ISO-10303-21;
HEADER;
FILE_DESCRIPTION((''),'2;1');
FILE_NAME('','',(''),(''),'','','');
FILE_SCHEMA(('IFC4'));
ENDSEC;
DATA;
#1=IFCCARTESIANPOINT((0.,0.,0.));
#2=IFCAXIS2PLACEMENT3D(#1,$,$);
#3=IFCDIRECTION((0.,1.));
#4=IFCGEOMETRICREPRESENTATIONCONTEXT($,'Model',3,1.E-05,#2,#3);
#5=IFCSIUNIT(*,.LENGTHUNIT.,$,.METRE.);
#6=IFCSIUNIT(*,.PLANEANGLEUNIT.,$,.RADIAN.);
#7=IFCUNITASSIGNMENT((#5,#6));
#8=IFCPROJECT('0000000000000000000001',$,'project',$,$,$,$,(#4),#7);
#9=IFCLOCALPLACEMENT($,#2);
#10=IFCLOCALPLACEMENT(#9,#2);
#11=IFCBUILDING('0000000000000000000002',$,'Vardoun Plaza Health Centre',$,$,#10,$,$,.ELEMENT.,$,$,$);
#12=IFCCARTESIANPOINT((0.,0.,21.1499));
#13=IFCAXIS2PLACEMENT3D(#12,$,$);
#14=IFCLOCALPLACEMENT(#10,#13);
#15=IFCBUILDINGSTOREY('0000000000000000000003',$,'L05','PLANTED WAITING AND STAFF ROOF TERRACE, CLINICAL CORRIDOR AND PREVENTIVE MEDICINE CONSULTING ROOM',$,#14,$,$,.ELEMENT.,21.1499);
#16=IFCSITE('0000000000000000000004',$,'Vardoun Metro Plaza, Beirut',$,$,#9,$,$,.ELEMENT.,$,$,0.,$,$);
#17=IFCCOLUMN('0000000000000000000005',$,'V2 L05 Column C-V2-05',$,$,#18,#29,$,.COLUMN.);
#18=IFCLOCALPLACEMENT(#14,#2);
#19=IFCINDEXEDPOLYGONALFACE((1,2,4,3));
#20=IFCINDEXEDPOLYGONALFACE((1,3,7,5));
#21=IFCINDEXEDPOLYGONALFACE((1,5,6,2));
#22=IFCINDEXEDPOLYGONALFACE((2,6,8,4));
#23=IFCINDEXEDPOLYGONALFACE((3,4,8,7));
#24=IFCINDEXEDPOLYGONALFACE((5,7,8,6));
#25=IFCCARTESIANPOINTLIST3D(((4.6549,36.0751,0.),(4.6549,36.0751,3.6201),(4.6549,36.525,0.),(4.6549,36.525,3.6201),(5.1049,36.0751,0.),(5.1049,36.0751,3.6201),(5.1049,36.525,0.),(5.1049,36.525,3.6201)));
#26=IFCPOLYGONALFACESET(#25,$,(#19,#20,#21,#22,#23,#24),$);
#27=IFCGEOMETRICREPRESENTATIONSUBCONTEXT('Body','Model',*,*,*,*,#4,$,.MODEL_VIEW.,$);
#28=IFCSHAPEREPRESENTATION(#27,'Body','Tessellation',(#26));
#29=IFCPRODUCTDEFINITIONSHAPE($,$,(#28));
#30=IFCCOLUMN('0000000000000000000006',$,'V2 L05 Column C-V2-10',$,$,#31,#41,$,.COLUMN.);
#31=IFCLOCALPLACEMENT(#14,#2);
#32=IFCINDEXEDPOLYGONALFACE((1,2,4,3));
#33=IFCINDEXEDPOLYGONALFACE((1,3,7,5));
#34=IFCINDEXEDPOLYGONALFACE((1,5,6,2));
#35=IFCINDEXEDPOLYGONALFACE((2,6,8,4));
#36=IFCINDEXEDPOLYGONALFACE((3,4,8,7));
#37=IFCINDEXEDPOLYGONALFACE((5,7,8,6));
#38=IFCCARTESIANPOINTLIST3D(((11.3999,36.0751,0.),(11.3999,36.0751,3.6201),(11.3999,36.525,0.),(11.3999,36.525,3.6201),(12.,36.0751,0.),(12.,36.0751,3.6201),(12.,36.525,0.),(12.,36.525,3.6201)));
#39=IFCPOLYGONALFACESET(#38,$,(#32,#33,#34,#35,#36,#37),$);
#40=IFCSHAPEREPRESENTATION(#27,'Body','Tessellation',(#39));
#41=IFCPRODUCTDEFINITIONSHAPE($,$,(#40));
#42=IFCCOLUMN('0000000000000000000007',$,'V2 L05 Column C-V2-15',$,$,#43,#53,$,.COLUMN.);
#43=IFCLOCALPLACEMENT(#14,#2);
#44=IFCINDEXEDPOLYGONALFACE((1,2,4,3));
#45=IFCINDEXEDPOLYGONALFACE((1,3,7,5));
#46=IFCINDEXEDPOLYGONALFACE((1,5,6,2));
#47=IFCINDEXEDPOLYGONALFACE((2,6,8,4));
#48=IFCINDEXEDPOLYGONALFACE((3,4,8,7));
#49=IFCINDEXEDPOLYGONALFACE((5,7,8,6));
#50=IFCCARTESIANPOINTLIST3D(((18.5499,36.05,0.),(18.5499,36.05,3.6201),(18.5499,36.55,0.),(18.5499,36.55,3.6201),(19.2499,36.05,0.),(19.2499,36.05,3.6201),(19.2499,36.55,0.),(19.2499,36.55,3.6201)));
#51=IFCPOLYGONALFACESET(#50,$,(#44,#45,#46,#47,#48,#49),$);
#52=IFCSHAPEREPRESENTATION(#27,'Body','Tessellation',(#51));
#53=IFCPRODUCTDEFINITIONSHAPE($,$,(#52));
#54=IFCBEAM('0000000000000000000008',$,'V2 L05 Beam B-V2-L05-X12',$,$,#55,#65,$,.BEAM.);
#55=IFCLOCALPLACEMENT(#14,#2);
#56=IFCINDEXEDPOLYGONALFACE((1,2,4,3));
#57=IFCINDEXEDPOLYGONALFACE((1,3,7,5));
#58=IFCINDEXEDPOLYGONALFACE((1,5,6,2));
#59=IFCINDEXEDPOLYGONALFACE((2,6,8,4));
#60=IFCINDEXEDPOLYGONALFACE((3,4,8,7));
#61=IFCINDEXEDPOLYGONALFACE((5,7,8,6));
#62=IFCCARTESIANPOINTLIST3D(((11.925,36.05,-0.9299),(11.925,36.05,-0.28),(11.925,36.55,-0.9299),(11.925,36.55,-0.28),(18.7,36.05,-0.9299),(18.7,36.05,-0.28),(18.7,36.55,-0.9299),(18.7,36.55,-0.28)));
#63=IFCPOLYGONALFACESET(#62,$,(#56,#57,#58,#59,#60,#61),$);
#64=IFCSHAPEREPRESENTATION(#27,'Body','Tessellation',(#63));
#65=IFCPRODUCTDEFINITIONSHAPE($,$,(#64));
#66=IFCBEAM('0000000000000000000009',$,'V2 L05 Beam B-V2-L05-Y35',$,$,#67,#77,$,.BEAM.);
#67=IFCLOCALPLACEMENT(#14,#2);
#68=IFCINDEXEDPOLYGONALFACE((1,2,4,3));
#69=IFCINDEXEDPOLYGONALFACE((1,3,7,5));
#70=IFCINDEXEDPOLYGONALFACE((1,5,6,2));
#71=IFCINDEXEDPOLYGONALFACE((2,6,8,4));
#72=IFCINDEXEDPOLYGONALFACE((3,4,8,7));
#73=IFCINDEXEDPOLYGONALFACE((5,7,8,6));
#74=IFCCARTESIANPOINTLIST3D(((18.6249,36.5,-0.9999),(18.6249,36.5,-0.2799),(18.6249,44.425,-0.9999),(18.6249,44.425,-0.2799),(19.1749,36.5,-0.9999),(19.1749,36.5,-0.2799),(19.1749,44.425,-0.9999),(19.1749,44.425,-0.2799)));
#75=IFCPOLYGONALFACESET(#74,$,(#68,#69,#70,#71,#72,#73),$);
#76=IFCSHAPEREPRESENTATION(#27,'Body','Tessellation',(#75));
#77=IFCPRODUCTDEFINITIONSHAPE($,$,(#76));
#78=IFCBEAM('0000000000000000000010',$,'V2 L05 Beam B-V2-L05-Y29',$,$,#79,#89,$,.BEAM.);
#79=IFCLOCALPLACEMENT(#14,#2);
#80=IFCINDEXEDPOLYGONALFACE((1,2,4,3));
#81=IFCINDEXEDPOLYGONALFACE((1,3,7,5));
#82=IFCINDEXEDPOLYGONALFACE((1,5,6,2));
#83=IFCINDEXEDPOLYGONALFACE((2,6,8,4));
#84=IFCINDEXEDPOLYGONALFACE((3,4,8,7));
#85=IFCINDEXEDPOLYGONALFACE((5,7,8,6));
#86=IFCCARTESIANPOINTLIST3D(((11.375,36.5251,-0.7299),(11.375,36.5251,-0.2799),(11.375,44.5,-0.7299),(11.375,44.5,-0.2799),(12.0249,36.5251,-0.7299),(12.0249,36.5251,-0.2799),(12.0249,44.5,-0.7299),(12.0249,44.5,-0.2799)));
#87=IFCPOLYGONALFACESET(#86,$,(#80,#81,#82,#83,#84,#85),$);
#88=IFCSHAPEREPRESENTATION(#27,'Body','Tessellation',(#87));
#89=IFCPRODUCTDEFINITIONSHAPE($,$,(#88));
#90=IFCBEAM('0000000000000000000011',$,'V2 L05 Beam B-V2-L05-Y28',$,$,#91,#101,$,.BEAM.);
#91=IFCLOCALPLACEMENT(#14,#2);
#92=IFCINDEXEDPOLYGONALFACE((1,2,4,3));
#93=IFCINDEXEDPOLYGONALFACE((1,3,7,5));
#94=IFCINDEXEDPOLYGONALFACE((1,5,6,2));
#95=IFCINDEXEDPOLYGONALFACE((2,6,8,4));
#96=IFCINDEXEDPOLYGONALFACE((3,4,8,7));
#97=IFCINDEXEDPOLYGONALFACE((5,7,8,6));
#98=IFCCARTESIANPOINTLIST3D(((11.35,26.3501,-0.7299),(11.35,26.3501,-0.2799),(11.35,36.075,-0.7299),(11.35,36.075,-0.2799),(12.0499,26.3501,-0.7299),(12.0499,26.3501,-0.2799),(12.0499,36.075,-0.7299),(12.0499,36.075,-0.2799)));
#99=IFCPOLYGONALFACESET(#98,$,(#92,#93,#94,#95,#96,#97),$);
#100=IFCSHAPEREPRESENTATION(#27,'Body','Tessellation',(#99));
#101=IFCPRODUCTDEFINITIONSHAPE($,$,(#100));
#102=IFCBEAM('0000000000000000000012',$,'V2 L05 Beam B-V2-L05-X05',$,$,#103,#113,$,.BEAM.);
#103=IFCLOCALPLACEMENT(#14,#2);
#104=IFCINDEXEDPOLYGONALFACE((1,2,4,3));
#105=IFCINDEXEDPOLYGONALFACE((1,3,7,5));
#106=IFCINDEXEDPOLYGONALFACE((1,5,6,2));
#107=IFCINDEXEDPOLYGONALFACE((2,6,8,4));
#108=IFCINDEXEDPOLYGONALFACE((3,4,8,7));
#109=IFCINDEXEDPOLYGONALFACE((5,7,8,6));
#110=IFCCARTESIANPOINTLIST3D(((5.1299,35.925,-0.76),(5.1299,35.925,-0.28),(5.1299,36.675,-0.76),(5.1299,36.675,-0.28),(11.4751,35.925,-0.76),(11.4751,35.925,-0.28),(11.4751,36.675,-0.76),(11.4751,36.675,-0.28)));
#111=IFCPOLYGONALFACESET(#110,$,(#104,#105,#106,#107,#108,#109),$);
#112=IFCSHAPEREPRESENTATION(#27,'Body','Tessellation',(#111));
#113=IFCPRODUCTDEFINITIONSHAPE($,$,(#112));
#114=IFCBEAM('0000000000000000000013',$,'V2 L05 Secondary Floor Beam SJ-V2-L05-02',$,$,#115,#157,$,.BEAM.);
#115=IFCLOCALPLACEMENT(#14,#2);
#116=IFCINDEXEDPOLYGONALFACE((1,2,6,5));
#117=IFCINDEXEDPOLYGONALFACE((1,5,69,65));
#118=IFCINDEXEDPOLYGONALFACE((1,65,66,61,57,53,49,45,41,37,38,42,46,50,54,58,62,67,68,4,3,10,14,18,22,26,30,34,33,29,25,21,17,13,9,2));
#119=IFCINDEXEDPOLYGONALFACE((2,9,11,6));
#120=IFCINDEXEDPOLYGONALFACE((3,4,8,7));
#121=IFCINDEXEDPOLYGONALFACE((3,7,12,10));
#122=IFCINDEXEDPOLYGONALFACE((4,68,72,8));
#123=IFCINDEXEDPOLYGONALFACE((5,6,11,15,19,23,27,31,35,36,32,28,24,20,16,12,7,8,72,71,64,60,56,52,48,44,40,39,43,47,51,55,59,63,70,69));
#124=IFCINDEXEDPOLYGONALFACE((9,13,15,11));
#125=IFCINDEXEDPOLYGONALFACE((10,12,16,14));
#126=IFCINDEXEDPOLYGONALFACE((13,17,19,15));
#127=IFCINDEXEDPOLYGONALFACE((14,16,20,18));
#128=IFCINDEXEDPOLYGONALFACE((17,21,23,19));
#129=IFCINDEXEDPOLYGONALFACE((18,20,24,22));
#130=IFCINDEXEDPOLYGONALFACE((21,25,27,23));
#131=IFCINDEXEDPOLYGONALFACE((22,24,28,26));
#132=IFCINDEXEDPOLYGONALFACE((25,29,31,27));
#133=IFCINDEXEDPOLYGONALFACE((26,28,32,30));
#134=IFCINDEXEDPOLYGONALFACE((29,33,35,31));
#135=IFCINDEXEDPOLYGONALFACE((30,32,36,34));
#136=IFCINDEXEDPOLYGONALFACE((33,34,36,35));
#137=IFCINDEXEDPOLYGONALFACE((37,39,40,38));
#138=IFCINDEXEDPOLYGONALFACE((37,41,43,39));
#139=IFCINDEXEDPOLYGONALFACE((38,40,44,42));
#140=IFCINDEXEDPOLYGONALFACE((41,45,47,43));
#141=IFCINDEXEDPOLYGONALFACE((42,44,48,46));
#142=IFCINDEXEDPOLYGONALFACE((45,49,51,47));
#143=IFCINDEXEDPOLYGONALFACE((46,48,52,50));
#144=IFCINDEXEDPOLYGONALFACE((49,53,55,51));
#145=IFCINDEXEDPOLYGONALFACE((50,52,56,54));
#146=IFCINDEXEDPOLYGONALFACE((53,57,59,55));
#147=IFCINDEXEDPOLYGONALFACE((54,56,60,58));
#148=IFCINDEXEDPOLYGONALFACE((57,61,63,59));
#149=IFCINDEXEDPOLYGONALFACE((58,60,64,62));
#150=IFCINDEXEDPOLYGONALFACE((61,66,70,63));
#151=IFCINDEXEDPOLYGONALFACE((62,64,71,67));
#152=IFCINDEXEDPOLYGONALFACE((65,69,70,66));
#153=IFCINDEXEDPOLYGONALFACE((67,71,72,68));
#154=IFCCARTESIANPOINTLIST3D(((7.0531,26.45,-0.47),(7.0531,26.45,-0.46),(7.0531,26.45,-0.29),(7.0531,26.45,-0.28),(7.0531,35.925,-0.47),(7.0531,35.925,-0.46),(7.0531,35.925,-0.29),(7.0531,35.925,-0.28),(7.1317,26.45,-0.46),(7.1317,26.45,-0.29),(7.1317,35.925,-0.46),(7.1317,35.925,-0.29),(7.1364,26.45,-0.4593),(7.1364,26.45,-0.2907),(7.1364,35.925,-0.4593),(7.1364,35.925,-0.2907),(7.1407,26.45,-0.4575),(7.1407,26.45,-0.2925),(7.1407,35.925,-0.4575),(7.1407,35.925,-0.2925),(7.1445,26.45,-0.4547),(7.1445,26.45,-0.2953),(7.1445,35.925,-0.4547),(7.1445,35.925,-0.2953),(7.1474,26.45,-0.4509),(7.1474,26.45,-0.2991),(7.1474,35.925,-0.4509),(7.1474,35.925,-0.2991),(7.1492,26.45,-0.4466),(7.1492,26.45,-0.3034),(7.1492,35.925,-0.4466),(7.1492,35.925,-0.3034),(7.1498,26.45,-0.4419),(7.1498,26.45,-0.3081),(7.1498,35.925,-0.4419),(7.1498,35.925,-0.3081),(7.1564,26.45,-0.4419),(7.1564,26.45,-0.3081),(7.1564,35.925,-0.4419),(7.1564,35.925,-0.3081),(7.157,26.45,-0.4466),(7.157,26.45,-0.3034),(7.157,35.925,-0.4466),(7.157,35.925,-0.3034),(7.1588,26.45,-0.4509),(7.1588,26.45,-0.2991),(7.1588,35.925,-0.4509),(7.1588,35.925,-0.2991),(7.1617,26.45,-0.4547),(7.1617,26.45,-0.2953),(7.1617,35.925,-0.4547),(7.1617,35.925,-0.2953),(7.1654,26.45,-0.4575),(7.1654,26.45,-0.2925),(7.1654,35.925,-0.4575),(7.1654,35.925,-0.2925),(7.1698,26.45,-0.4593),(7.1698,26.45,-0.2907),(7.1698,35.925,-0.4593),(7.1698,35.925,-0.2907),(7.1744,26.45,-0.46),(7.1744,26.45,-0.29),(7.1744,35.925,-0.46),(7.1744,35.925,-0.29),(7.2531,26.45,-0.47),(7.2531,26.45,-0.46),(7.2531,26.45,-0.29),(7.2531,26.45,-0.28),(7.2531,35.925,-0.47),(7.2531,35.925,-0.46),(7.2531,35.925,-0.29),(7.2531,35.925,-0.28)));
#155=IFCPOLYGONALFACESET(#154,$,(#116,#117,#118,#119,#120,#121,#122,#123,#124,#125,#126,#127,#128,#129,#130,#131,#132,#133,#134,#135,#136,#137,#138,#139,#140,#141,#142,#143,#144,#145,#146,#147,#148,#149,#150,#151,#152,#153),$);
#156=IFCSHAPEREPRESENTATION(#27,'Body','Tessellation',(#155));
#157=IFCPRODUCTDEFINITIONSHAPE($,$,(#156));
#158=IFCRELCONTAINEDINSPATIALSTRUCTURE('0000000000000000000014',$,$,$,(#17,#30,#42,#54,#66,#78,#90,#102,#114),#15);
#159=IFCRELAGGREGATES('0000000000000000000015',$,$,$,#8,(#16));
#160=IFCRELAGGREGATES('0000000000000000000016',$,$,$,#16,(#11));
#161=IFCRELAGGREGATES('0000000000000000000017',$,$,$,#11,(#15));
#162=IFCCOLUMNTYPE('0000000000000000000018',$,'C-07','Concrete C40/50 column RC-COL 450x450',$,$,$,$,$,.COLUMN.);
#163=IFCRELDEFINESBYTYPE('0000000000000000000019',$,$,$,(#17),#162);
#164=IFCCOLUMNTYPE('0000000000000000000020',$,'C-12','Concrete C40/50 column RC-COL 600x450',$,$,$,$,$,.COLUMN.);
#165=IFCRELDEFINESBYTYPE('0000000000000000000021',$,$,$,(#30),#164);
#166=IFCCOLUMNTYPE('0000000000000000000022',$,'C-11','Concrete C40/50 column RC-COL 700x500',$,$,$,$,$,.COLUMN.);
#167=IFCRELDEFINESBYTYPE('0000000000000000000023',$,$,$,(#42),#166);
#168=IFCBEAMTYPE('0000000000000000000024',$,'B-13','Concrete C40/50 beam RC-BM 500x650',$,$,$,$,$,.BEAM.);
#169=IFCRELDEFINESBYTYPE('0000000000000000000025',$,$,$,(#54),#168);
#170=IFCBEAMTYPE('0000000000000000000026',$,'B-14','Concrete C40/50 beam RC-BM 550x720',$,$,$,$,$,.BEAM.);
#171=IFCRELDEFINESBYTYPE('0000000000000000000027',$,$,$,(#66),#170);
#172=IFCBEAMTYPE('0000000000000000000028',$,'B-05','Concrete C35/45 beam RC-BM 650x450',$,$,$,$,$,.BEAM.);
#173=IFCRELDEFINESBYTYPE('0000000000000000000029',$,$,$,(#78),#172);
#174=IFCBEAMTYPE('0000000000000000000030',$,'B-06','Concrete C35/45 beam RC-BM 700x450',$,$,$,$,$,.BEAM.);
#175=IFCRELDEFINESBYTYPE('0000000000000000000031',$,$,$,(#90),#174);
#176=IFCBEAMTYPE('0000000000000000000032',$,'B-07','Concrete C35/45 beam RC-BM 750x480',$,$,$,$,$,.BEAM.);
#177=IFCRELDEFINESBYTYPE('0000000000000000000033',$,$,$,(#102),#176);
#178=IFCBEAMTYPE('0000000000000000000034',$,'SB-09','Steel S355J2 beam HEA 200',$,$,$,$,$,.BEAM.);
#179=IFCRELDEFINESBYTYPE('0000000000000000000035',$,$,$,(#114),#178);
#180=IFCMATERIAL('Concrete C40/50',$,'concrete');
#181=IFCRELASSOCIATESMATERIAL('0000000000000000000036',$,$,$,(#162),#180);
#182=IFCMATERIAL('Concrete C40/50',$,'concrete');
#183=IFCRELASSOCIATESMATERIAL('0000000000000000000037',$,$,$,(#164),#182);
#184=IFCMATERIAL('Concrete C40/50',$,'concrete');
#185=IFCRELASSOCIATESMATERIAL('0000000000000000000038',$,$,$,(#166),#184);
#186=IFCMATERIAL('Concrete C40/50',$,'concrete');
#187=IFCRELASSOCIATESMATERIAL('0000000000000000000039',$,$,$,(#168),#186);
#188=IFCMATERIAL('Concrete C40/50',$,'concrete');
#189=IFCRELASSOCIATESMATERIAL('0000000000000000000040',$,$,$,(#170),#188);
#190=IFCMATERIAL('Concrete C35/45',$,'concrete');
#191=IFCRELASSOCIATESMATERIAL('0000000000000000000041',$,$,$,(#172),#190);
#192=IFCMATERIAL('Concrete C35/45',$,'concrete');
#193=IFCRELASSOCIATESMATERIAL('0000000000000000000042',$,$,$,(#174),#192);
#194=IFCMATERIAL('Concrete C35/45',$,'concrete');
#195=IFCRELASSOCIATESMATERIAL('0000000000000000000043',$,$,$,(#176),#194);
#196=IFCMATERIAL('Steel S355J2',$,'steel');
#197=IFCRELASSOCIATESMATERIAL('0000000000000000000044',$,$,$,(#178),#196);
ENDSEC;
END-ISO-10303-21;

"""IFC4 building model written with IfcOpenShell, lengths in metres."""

from ifc_helpers import new_model, si_unit, direction, frame, origin, origin_2d, place, context, subcontext, project, spatial, rectangle, i_section, extrude, material, material_profile, profile_set, type_object, element, save


model = new_model("IFC4")

# Units and contexts
model_context = context("Model", 3, precision=1e-05, world=origin(), true_north=direction((0.0, 1.0)))
body_context = subcontext(model_context, "Body", "Model", "MODEL_VIEW")
ifc_project = project(units=[si_unit("LENGTHUNIT", "METRE"), si_unit("PLANEANGLEUNIT", "RADIAN")], contexts=[model_context])

# Site, building, storey
site_placement = place(None, origin())
site = spatial("IfcSite", under=ifc_project, at=site_placement, Name="Vardoun Metro Plaza, Beirut", CompositionType="ELEMENT", RefElevation=0.0)
building_placement = place(site_placement, origin())
building = spatial("IfcBuilding", under=site, at=building_placement, Name="Vardoun Plaza Health Centre", CompositionType="ELEMENT")
storey_placement = place(building_placement, frame((0.0, 0.0, 21.1499)))
storey = spatial("IfcBuildingStorey", under=building, at=storey_placement, Name="L05", Description="PLANTED WAITING AND STAFF ROOF TERRACE, CLINICAL CORRIDOR AND PREVENTIVE MEDICINE CONSULTING ROOM", CompositionType="ELEMENT", Elevation=21.1499)

# Columns
ifc_material_1 = material(Name="Concrete C40/50", Category="concrete")
ifc_material_profile_1 = material_profile(ifc_material_1, rectangle(XDim=0.45, YDim=0.45, at=origin_2d()), Name="RC-COL 450x450")
ifc_profile_set_1 = profile_set([ifc_material_profile_1], Name="Concrete C40/50")
column_type_1 = type_object("IfcColumnType", Name="C-07", Description="Concrete C40/50 column RC-COL 450x450", PredefinedType="COLUMN", material=ifc_profile_set_1)
column_1_placement = place(storey_placement, frame((4.8799, 36.3, 0.0), z_axis=(0.0, 0.0, 1.0), x_axis=(1.0, 0.0, 0.0)))
element("IfcColumn", 1, at=column_1_placement, inside=storey, type_object=column_type_1, Name="V2 L05 Column C-V2-05", PredefinedType="COLUMN", context=body_context, shape_type="SweptSolid", body=[
    extrude(rectangle(XDim=0.45, YDim=0.45, at=origin_2d()), origin(), (0.0, 0.0, 1.0), 3.6201),
])
ifc_material_2 = material(Name="Concrete C40/50", Category="concrete")
ifc_material_profile_2 = material_profile(ifc_material_2, rectangle(XDim=0.6001, YDim=0.45, at=origin_2d()), Name="RC-COL 600x450")
ifc_profile_set_2 = profile_set([ifc_material_profile_2], Name="Concrete C40/50")
column_type_2 = type_object("IfcColumnType", Name="C-12", Description="Concrete C40/50 column RC-COL 600x450", PredefinedType="COLUMN", material=ifc_profile_set_2)
column_2_placement = place(storey_placement, frame((11.7, 36.3, 0.0), z_axis=(0.0, 0.0, 1.0), x_axis=(1.0, 0.0, 0.0)))
element("IfcColumn", 2, at=column_2_placement, inside=storey, type_object=column_type_2, Name="V2 L05 Column C-V2-10", PredefinedType="COLUMN", context=body_context, shape_type="SweptSolid", body=[
    extrude(rectangle(XDim=0.6001, YDim=0.45, at=origin_2d()), origin(), (0.0, 0.0, 1.0), 3.6201),
])
ifc_material_3 = material(Name="Concrete C40/50", Category="concrete")
ifc_material_profile_3 = material_profile(ifc_material_3, rectangle(XDim=0.7, YDim=0.5, at=origin_2d()), Name="RC-COL 700x500")
ifc_profile_set_3 = profile_set([ifc_material_profile_3], Name="Concrete C40/50")
column_type_3 = type_object("IfcColumnType", Name="C-11", Description="Concrete C40/50 column RC-COL 700x500", PredefinedType="COLUMN", material=ifc_profile_set_3)
column_3_placement = place(storey_placement, frame((18.8999, 36.3, 0.0), z_axis=(0.0, 0.0, 1.0), x_axis=(1.0, 0.0, 0.0)))
element("IfcColumn", 3, at=column_3_placement, inside=storey, type_object=column_type_3, Name="V2 L05 Column C-V2-15", PredefinedType="COLUMN", context=body_context, shape_type="SweptSolid", body=[
    extrude(rectangle(XDim=0.7, YDim=0.5, at=origin_2d()), origin(), (0.0, 0.0, 1.0), 3.6201),
])

# Beams
ifc_material_4 = material(Name="Concrete C40/50", Category="concrete")
ifc_material_profile_4 = material_profile(ifc_material_4, rectangle(XDim=0.5, YDim=0.6499, at=origin_2d()), Name="RC-BM 500x650")
ifc_profile_set_4 = profile_set([ifc_material_profile_4], Name="Concrete C40/50")
beam_type_1 = type_object("IfcBeamType", Name="B-13", Description="Concrete C40/50 beam RC-BM 500x650", PredefinedType="BEAM", material=ifc_profile_set_4)
beam_1_placement = place(storey_placement, frame((11.925, 36.3, -0.605), z_axis=(1.0, 0.0, 0.0), x_axis=(0.0, 1.0, 0.0)))
element("IfcBeam", 4, at=beam_1_placement, inside=storey, type_object=beam_type_1, Name="V2 L05 Beam B-V2-L05-X12", PredefinedType="BEAM", context=body_context, shape_type="SweptSolid", body=[
    extrude(rectangle(XDim=0.5, YDim=0.6499, at=origin_2d()), origin(), (0.0, 0.0, 1.0), 6.7749),
])
ifc_material_5 = material(Name="Concrete C40/50", Category="concrete")
ifc_material_profile_5 = material_profile(ifc_material_5, rectangle(XDim=0.55, YDim=0.72, at=origin_2d()), Name="RC-BM 550x720")
ifc_profile_set_5 = profile_set([ifc_material_profile_5], Name="Concrete C40/50")
beam_type_2 = type_object("IfcBeamType", Name="B-14", Description="Concrete C40/50 beam RC-BM 550x720", PredefinedType="BEAM", material=ifc_profile_set_5)
beam_2_placement = place(storey_placement, frame((18.8999, 36.5, -0.6399), z_axis=(0.0, 1.0, 0.0), x_axis=(-1.0, 0.0, 0.0)))
element("IfcBeam", 5, at=beam_2_placement, inside=storey, type_object=beam_type_2, Name="V2 L05 Beam B-V2-L05-Y35", PredefinedType="BEAM", context=body_context, shape_type="SweptSolid", body=[
    extrude(rectangle(XDim=0.55, YDim=0.72, at=origin_2d()), origin(), (0.0, 0.0, 1.0), 7.925),
])
ifc_material_6 = material(Name="Concrete C35/45", Category="concrete")
ifc_material_profile_6 = material_profile(ifc_material_6, rectangle(XDim=0.6499, YDim=0.45, at=origin_2d()), Name="RC-BM 650x450")
ifc_profile_set_6 = profile_set([ifc_material_profile_6], Name="Concrete C35/45")
beam_type_3 = type_object("IfcBeamType", Name="B-05", Description="Concrete C35/45 beam RC-BM 650x450", PredefinedType="BEAM", material=ifc_profile_set_6)
beam_3_placement = place(storey_placement, frame((11.7, 36.5251, -0.5049), z_axis=(0.0, 1.0, 0.0), x_axis=(-1.0, 0.0, 0.0)))
element("IfcBeam", 6, at=beam_3_placement, inside=storey, type_object=beam_type_3, Name="V2 L05 Beam B-V2-L05-Y29", PredefinedType="BEAM", context=body_context, shape_type="SweptSolid", body=[
    extrude(rectangle(XDim=0.6499, YDim=0.45, at=origin_2d()), origin(), (0.0, 0.0, 1.0), 7.9749),
])
ifc_material_7 = material(Name="Concrete C35/45", Category="concrete")
ifc_material_profile_7 = material_profile(ifc_material_7, rectangle(XDim=0.7, YDim=0.45, at=origin_2d()), Name="RC-BM 700x450")
ifc_profile_set_7 = profile_set([ifc_material_profile_7], Name="Concrete C35/45")
beam_type_4 = type_object("IfcBeamType", Name="B-06", Description="Concrete C35/45 beam RC-BM 700x450", PredefinedType="BEAM", material=ifc_profile_set_7)
beam_4_placement = place(storey_placement, frame((11.7, 26.3501, -0.5049), z_axis=(0.0, 1.0, 0.0), x_axis=(-1.0, 0.0, 0.0)))
element("IfcBeam", 7, at=beam_4_placement, inside=storey, type_object=beam_type_4, Name="V2 L05 Beam B-V2-L05-Y28", PredefinedType="BEAM", context=body_context, shape_type="SweptSolid", body=[
    extrude(rectangle(XDim=0.7, YDim=0.45, at=origin_2d()), origin(), (0.0, 0.0, 1.0), 9.7249),
])
ifc_material_8 = material(Name="Concrete C35/45", Category="concrete")
ifc_material_profile_8 = material_profile(ifc_material_8, rectangle(XDim=0.75, YDim=0.48, at=origin_2d()), Name="RC-BM 750x480")
ifc_profile_set_8 = profile_set([ifc_material_profile_8], Name="Concrete C35/45")
beam_type_5 = type_object("IfcBeamType", Name="B-07", Description="Concrete C35/45 beam RC-BM 750x480", PredefinedType="BEAM", material=ifc_profile_set_8)
beam_5_placement = place(storey_placement, frame((5.1299, 36.3, -0.52), z_axis=(1.0, 0.0, 0.0), x_axis=(0.0, 1.0, 0.0)))
element("IfcBeam", 8, at=beam_5_placement, inside=storey, type_object=beam_type_5, Name="V2 L05 Beam B-V2-L05-X05", PredefinedType="BEAM", context=body_context, shape_type="SweptSolid", body=[
    extrude(rectangle(XDim=0.75, YDim=0.48, at=origin_2d()), origin(), (0.0, 0.0, 1.0), 6.3452),
])
ifc_material_9 = material(Name="Steel S355J2", Category="steel")
ifc_material_profile_9 = material_profile(ifc_material_9, i_section(OverallWidth=0.2, OverallDepth=0.1899, WebThickness=0.0066, FlangeThickness=0.01, FilletRadius=0.0181, at=origin_2d()), Name="HEA 200")
ifc_profile_set_9 = profile_set([ifc_material_profile_9], Name="Steel S355J2")
beam_type_6 = type_object("IfcBeamType", Name="SB-09", Description="Steel S355J2 beam HEA 200", PredefinedType="BEAM", material=ifc_profile_set_9)
beam_6_placement = place(storey_placement, frame((7.1531, 26.45, -0.375), z_axis=(0.0, 1.0, 0.0), x_axis=(-1.0, 0.0, 0.0)))
element("IfcBeam", 9, at=beam_6_placement, inside=storey, type_object=beam_type_6, Name="V2 L05 Secondary Floor Beam SJ-V2-L05-02", PredefinedType="BEAM", context=body_context, shape_type="SweptSolid", body=[
    extrude(i_section(OverallWidth=0.2, OverallDepth=0.1899, WebThickness=0.0066, FlangeThickness=0.01, FilletRadius=0.0181, at=origin_2d()), origin(), (0.0, 0.0, 1.0), 9.4751),
])

save(model, "model.ifc")
